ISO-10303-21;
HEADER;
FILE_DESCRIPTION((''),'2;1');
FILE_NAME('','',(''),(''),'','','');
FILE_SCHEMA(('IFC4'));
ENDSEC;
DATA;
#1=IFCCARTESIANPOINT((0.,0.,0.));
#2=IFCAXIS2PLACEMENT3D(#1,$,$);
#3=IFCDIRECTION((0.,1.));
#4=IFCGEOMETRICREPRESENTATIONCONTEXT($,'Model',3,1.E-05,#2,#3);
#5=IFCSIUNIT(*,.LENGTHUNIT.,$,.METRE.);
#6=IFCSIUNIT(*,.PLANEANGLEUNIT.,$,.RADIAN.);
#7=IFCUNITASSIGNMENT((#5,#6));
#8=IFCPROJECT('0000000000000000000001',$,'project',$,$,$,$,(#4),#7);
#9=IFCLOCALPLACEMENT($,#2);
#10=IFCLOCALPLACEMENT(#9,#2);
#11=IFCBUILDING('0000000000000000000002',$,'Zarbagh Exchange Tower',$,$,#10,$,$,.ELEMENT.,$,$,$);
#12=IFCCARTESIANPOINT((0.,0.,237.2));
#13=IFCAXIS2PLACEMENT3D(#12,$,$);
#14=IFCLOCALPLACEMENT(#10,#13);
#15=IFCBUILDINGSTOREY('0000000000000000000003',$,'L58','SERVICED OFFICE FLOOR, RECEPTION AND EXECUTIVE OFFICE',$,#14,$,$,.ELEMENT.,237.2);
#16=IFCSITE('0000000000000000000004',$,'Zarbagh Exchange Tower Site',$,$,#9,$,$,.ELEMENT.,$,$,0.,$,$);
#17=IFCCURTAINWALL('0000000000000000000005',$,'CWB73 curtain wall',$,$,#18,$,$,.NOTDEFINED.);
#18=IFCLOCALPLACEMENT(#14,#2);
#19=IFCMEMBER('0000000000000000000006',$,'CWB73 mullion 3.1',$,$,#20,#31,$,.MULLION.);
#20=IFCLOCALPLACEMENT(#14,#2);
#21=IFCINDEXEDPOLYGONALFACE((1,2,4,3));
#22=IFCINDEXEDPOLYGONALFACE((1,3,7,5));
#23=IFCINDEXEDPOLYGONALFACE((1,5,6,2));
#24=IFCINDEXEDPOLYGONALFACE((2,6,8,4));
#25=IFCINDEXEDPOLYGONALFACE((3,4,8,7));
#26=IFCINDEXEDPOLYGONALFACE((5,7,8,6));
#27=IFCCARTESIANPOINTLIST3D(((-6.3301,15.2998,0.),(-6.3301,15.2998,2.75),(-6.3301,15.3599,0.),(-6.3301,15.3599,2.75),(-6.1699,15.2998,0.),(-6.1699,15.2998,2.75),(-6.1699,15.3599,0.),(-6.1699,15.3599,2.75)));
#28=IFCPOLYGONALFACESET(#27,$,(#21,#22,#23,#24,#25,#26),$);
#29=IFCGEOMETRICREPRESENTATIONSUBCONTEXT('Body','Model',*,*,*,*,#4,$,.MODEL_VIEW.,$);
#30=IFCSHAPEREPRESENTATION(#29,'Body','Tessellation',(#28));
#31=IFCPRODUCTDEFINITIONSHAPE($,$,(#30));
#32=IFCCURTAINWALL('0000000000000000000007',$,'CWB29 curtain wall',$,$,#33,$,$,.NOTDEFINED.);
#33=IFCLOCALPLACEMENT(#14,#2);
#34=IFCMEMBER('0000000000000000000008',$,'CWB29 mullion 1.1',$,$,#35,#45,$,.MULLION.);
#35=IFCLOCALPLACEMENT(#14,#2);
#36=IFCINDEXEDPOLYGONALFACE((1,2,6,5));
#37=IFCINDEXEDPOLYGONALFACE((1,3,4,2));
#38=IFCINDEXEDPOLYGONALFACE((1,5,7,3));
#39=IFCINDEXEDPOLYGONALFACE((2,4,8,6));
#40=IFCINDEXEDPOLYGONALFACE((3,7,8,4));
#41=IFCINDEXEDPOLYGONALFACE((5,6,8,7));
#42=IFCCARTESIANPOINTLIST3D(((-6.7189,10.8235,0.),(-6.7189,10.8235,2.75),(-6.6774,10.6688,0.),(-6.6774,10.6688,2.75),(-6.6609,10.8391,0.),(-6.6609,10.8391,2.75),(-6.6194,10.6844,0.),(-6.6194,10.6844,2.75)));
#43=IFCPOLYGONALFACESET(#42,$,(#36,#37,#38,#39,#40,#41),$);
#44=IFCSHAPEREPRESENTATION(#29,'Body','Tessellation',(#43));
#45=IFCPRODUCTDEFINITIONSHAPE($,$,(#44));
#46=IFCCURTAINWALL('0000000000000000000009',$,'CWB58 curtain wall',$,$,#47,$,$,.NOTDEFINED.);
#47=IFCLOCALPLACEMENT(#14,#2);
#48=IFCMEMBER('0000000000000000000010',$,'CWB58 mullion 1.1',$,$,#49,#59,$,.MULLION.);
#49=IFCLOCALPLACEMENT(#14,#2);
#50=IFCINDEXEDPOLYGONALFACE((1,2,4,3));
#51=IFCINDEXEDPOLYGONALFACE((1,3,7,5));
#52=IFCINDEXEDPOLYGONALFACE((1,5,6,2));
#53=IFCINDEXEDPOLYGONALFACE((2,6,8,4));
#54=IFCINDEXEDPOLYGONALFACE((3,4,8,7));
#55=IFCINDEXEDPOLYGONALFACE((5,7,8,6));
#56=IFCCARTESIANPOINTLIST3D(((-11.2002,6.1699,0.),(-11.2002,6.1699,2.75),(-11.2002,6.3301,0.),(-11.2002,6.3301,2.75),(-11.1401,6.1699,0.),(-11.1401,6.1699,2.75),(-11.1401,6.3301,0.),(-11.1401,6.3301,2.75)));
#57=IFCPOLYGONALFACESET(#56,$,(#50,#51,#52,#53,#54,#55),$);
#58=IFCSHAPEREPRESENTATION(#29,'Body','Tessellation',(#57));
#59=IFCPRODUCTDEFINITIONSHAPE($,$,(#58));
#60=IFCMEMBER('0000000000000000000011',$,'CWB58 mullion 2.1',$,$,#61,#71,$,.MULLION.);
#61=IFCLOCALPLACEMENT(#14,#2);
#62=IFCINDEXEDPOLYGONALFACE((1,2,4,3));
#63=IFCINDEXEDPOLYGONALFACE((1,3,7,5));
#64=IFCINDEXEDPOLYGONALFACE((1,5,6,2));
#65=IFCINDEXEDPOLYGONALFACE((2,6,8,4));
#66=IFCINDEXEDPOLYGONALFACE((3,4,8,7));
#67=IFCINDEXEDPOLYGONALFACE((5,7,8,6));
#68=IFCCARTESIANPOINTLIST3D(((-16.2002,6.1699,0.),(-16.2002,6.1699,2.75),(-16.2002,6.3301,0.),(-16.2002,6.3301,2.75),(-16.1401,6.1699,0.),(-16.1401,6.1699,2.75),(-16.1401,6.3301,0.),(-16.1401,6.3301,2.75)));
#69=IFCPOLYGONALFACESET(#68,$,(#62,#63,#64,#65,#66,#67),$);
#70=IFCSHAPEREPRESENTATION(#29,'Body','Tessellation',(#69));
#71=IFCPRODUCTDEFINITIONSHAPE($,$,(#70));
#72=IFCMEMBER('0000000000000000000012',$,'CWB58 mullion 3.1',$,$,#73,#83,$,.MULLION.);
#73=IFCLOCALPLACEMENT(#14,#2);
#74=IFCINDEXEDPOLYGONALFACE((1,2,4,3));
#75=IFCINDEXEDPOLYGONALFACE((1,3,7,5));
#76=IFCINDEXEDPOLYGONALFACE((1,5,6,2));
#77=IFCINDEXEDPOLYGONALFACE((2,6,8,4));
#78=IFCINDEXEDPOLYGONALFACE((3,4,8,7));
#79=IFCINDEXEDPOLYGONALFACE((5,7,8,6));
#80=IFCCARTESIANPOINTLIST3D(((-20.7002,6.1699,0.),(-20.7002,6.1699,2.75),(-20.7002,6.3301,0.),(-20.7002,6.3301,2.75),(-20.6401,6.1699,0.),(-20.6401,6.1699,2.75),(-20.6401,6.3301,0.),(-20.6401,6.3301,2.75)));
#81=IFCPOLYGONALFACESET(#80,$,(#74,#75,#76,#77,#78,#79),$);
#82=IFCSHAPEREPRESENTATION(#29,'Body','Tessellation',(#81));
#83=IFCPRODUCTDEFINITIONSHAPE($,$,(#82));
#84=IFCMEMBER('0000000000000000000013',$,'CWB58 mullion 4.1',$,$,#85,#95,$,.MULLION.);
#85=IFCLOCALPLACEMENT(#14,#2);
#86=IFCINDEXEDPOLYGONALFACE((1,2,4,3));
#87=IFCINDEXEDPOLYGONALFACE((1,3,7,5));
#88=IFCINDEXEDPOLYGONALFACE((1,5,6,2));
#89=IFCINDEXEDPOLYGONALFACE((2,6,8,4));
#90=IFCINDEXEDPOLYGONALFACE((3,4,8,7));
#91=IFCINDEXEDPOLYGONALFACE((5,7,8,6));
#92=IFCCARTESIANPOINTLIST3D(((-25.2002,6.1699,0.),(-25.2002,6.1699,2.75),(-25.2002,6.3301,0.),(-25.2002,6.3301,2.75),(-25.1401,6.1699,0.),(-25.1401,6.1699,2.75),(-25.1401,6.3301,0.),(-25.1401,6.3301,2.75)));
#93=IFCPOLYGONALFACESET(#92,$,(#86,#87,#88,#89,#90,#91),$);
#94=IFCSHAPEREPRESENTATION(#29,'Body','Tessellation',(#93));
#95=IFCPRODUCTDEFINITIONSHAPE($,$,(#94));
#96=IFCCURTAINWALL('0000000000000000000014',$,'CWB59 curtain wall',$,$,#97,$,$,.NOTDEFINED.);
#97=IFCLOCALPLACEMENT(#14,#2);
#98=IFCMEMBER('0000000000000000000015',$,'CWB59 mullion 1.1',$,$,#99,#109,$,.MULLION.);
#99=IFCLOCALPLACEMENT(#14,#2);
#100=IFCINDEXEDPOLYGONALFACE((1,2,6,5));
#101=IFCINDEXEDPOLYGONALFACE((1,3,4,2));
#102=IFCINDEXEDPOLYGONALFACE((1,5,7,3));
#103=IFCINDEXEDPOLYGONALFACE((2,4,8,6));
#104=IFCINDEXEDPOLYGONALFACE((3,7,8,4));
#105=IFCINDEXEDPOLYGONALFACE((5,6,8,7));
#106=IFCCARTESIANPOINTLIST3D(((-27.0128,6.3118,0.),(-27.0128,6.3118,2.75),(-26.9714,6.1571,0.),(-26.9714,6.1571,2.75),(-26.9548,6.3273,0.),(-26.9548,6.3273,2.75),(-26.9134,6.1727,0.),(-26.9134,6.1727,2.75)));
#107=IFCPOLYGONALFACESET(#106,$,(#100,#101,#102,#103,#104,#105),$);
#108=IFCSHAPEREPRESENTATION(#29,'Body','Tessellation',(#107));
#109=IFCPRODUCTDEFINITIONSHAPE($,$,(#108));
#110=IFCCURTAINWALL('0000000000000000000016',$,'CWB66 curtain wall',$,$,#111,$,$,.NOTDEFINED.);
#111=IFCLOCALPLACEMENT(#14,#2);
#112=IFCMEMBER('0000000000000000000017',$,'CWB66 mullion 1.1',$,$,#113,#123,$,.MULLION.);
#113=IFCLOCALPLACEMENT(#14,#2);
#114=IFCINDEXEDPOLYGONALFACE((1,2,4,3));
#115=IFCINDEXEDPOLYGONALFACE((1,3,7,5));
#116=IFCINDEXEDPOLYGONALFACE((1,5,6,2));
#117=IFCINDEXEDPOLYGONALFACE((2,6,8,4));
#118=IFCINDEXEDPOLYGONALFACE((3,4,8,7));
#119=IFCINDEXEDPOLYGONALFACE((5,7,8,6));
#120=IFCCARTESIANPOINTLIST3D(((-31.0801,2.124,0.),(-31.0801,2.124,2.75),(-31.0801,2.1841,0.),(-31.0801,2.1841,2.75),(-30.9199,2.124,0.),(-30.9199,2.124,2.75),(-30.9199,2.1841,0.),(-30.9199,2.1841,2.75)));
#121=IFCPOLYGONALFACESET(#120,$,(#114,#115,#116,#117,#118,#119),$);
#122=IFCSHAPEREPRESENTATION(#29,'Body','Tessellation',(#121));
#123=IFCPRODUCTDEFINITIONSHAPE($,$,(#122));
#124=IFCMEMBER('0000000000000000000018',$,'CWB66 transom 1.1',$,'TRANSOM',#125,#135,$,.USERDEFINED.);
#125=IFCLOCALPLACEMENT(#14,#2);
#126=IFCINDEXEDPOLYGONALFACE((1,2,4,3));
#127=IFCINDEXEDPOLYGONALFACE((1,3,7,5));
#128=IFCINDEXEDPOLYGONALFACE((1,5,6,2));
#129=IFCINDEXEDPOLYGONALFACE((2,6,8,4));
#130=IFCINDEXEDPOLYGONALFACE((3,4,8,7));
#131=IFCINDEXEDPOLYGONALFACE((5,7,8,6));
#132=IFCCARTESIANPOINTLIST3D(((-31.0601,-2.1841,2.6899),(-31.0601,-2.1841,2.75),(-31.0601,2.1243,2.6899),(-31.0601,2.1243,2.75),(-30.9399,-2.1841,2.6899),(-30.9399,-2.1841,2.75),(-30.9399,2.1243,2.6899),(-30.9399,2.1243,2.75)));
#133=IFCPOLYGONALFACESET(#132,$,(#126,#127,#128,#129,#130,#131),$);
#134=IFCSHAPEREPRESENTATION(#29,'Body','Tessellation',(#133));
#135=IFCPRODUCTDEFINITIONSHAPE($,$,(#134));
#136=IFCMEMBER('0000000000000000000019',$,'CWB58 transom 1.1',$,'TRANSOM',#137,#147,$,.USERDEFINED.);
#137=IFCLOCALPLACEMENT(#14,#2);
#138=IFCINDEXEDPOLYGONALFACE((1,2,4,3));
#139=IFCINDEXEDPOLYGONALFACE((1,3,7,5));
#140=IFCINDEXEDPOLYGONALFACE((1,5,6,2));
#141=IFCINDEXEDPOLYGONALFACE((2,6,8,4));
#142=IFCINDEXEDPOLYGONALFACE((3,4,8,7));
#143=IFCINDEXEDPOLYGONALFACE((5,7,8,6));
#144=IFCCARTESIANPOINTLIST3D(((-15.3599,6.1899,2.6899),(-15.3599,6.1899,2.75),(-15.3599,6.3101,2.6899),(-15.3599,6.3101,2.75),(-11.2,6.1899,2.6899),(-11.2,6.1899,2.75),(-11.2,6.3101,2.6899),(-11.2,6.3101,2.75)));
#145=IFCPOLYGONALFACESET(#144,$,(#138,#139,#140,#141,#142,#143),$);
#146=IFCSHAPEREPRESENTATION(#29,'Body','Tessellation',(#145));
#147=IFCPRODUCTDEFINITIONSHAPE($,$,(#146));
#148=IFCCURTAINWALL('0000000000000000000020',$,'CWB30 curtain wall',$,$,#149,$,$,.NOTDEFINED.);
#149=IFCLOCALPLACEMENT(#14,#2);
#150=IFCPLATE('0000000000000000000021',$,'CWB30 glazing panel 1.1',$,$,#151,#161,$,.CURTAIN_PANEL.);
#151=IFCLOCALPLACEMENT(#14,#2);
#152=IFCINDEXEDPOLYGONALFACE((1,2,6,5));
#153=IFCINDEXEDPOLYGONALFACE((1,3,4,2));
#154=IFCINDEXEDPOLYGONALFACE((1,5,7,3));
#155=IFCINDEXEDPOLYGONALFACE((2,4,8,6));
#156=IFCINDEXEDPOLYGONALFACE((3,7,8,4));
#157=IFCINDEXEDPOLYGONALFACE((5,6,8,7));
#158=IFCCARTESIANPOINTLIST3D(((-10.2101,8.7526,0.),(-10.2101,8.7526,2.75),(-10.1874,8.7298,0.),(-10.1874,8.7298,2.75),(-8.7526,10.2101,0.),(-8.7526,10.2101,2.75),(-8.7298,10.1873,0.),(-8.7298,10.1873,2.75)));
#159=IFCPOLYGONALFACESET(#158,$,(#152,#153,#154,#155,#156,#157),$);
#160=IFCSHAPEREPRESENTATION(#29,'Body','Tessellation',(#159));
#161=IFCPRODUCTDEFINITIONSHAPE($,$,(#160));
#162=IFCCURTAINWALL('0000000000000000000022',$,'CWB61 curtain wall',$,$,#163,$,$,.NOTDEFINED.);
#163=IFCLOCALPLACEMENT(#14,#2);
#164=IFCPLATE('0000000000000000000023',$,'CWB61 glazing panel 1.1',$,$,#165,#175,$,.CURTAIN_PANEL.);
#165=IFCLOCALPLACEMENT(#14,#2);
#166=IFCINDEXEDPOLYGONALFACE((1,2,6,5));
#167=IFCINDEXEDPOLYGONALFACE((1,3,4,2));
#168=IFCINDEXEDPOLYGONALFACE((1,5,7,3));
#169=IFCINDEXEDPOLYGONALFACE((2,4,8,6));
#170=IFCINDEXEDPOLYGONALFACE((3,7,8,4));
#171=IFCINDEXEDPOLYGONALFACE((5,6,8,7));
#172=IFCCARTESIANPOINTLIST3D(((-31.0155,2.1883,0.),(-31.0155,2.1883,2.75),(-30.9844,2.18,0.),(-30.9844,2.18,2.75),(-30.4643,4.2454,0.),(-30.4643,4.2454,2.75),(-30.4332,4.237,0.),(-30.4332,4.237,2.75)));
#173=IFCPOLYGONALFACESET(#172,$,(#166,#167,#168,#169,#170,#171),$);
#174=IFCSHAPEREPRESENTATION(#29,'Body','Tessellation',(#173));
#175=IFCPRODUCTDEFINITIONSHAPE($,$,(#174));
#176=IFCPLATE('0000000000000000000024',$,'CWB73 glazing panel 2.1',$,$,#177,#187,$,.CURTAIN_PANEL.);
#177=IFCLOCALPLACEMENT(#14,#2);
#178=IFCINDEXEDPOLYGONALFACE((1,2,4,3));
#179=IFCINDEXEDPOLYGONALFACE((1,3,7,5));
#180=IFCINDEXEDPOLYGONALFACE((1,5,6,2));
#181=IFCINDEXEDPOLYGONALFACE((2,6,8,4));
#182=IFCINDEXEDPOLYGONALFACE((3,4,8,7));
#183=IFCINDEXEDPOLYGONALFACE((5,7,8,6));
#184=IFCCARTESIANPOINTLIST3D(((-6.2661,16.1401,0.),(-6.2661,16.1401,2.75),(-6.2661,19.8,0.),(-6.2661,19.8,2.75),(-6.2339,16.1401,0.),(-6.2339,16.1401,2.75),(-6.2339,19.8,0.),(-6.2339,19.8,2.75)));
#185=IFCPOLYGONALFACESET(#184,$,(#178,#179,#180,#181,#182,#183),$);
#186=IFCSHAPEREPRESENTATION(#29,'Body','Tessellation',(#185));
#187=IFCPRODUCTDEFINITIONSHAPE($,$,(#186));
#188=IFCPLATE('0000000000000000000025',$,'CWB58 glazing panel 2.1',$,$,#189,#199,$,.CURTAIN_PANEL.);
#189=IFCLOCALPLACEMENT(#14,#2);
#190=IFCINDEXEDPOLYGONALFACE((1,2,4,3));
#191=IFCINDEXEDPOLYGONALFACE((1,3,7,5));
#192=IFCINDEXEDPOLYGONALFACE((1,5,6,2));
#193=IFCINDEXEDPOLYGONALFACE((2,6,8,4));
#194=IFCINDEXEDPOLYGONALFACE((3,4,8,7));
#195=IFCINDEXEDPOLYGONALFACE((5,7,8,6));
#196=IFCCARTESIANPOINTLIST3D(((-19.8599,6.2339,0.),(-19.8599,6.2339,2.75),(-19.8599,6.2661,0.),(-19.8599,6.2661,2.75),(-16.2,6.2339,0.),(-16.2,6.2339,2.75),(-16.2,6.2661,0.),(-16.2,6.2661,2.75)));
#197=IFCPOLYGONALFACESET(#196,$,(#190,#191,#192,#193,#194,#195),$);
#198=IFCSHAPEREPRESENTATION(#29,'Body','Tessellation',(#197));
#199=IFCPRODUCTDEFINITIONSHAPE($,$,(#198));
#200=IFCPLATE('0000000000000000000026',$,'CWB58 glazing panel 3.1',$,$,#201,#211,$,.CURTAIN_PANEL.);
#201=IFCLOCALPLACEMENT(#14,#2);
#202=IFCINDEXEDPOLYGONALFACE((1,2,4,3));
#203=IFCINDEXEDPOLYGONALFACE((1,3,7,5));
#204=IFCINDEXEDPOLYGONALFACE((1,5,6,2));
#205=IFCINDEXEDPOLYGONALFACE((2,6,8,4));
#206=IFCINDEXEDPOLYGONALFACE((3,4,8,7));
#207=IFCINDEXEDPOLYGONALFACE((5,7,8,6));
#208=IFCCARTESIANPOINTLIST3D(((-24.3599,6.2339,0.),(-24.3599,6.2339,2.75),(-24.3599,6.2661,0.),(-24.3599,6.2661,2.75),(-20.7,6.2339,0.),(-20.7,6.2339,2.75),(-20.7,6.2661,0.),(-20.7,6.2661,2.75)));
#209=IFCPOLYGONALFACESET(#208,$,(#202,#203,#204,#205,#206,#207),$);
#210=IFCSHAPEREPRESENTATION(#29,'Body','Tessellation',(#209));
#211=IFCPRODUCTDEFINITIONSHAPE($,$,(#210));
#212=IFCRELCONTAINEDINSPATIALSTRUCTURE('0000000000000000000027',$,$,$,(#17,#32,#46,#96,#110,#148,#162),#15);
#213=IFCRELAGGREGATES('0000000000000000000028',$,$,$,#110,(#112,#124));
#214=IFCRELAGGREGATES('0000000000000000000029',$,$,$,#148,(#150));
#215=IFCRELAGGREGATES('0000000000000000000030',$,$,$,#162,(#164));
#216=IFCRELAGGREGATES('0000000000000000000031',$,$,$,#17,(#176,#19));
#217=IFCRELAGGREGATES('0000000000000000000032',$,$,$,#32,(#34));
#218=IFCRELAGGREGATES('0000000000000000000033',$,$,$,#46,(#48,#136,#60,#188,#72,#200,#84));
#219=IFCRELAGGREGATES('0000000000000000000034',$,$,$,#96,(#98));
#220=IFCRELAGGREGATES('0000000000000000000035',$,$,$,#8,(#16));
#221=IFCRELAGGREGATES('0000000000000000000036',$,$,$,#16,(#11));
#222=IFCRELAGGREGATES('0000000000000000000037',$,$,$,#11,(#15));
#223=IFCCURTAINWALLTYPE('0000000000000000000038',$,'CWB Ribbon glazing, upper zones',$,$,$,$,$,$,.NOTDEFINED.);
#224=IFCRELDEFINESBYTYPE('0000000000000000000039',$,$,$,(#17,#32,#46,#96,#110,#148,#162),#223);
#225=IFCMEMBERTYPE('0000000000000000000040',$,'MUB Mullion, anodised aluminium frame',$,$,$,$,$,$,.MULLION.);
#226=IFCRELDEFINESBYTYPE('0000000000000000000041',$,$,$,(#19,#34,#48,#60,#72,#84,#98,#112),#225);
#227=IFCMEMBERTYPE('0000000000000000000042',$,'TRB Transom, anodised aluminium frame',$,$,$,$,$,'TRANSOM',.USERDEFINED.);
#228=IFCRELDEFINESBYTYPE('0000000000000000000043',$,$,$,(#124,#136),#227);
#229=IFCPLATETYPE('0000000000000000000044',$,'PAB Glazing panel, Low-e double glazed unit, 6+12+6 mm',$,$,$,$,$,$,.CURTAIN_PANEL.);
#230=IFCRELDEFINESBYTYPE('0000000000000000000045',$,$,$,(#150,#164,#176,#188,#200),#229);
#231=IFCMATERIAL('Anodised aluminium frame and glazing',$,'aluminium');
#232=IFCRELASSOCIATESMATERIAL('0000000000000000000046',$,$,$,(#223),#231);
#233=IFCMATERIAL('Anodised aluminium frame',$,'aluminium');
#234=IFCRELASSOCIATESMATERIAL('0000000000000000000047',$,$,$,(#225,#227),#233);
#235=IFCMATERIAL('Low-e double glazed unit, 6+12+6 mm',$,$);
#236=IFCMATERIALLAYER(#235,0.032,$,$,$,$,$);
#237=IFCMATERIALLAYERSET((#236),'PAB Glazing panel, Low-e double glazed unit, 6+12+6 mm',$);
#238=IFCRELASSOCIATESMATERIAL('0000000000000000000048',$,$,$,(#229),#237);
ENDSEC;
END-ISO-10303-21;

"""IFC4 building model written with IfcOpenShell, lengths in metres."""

from ifc_helpers import new_model, si_unit, direction, frame, origin, place, context, subcontext, project, spatial, polyline, outline, extrude, source, transform, mapped, material, layer, layer_set, type_object, element, aggregate, save


model = new_model("IFC4")

# Units and contexts
model_context = context("Model", 3, precision=1e-05, world=origin(), true_north=direction((0.0, 1.0)))
body_context = subcontext(model_context, "Body", "Model", "MODEL_VIEW")
ifc_project = project(units=[si_unit("LENGTHUNIT", "METRE"), si_unit("PLANEANGLEUNIT", "RADIAN")], contexts=[model_context])

# Site, building, storey
site_placement = place(None, origin())
site = spatial("IfcSite", under=ifc_project, at=site_placement, Name="Zarbagh Exchange Tower Site", CompositionType="ELEMENT", RefElevation=0.0)
building_placement = place(site_placement, origin())
building = spatial("IfcBuilding", under=site, at=building_placement, Name="Zarbagh Exchange Tower", CompositionType="ELEMENT")
storey_placement = place(building_placement, frame((0.0, 0.0, 237.2)))
storey = spatial("IfcBuildingStorey", under=building, at=storey_placement, Name="L58", Description="SERVICED OFFICE FLOOR, RECEPTION AND EXECUTIVE OFFICE", CompositionType="ELEMENT", Elevation=237.2)

# Curtain walls, members
ifc_material_1 = material(Name="Anodised aluminium frame and glazing", Category="aluminium")
curtain_wall_type = type_object("IfcCurtainWallType", Name="CWB Ribbon glazing, upper zones", PredefinedType="NOTDEFINED", material=ifc_material_1)
curtain_wall_1_placement = place(storey_placement, origin())
curtain_wall_1 = element("IfcCurtainWall", 1, at=curtain_wall_1_placement, inside=storey, type_object=curtain_wall_type, Name="CWB73 curtain wall", PredefinedType="NOTDEFINED")
ifc_material_2 = material(Name="Anodised aluminium frame", Category="aluminium")
member_type_1 = type_object("IfcMemberType", Name="MUB Mullion, anodised aluminium frame", PredefinedType="MULLION", material=ifc_material_2)
shared_shape_1 = source(origin(), body_context, "Body", "SweptSolid", [
    extrude(outline(polyline([(0.0, -0.0801), (0.0601, -0.0801), (0.0601, 0.0801), (0.0, 0.0801), (0.0, -0.0801)])), origin(), (0.0, 0.0, 1.0), 2.75),
])
placement = place(storey_placement, origin())
member_1 = element("IfcMember", 2, at=placement, type_object=member_type_1, Name="CWB73 mullion 3.1", PredefinedType="MULLION", context=body_context, shape_type="MappedRepresentation", body=[
    mapped(shared_shape_1, transform((-6.25, 15.3599, 0.0), x_axis=(0.0, -1.0, 0.0), y_axis=(1.0, 0.0, 0.0), z_axis=(0.0, 0.0, 1.0))),
])
curtain_wall_2_placement = place(storey_placement, origin())
curtain_wall_2 = element("IfcCurtainWall", 3, at=curtain_wall_2_placement, inside=storey, type_object=curtain_wall_type, Name="CWB29 curtain wall", PredefinedType="NOTDEFINED")
member_2 = element("IfcMember", 4, at=placement, type_object=member_type_1, Name="CWB29 mullion 1.1", PredefinedType="MULLION", context=body_context, shape_type="MappedRepresentation", body=[
    mapped(shared_shape_1, transform((-6.6401, 10.7617, 0.0), x_axis=(-0.965924, -0.258825, 0.0), y_axis=(0.258825, -0.965924, 0.0), z_axis=(0.0, 0.0, 1.0))),
])

# Curtain wall, members
curtain_wall_3_placement = place(storey_placement, origin())
curtain_wall_3 = element("IfcCurtainWall", 5, at=curtain_wall_3_placement, inside=storey, type_object=curtain_wall_type, Name="CWB58 curtain wall", PredefinedType="NOTDEFINED")
member_3 = element("IfcMember", 6, at=placement, type_object=member_type_1, Name="CWB58 mullion 1.1", PredefinedType="MULLION", context=body_context, shape_type="MappedRepresentation", body=[
    mapped(shared_shape_1, transform((-11.1401, 6.25, 0.0), x_axis=(-1.0, 0.0, 0.0), y_axis=(0.0, -1.0, 0.0), z_axis=(0.0, 0.0, 1.0))),
])
member_4 = element("IfcMember", 7, at=placement, type_object=member_type_1, Name="CWB58 mullion 2.1", PredefinedType="MULLION", context=body_context, shape_type="MappedRepresentation", body=[
    mapped(shared_shape_1, transform((-16.1401, 6.25, 0.0), x_axis=(-1.0, 0.0, 0.0), y_axis=(0.0, -1.0, 0.0), z_axis=(0.0, 0.0, 1.0))),
])
member_5 = element("IfcMember", 8, at=placement, type_object=member_type_1, Name="CWB58 mullion 3.1", PredefinedType="MULLION", context=body_context, shape_type="MappedRepresentation", body=[
    mapped(shared_shape_1, transform((-20.6401, 6.25, 0.0), x_axis=(-1.0, 0.0, 0.0), y_axis=(0.0, -1.0, 0.0), z_axis=(0.0, 0.0, 1.0))),
])
member_6 = element("IfcMember", 9, at=placement, type_object=member_type_1, Name="CWB58 mullion 4.1", PredefinedType="MULLION", context=body_context, shape_type="MappedRepresentation", body=[
    mapped(shared_shape_1, transform((-25.1401, 6.25, 0.0), x_axis=(-1.0, 0.0, 0.0), y_axis=(0.0, -1.0, 0.0), z_axis=(0.0, 0.0, 1.0))),
])

# Curtain wall, member
curtain_wall_4_placement = place(storey_placement, origin())
curtain_wall_4 = element("IfcCurtainWall", 10, at=curtain_wall_4_placement, inside=storey, type_object=curtain_wall_type, Name="CWB59 curtain wall", PredefinedType="NOTDEFINED")
member_7 = element("IfcMember", 11, at=placement, type_object=member_type_1, Name="CWB59 mullion 1.1", PredefinedType="MULLION", context=body_context, shape_type="MappedRepresentation", body=[
    mapped(shared_shape_1, transform((-26.9341, 6.25, 0.0), x_axis=(-0.965924, -0.258825, 0.0), y_axis=(0.258825, -0.965924, 0.0), z_axis=(0.0, 0.0, 1.0))),
])

# Curtain wall, members
curtain_wall_5_placement = place(storey_placement, origin())
curtain_wall_5 = element("IfcCurtainWall", 12, at=curtain_wall_5_placement, inside=storey, type_object=curtain_wall_type, Name="CWB66 curtain wall", PredefinedType="NOTDEFINED")
member_8 = element("IfcMember", 13, at=placement, type_object=member_type_1, Name="CWB66 mullion 1.1", PredefinedType="MULLION", context=body_context, shape_type="MappedRepresentation", body=[
    mapped(shared_shape_1, transform((-31.0, 2.1841, 0.0), x_axis=(0.0, -1.0, 0.0), y_axis=(1.0, 0.0, 0.0), z_axis=(0.0, 0.0, 1.0))),
])
member_type_2 = type_object("IfcMemberType", Name="TRB Transom, anodised aluminium frame", ElementType="TRANSOM", PredefinedType="USERDEFINED", material=ifc_material_2)
shared_shape_2 = source(origin(), body_context, "Body", "SweptSolid", [
    extrude(outline(polyline([(-0.0601, -0.0601), (0.0, -0.0601), (0.0, 0.0601), (-0.0601, 0.0601), (-0.0601, -0.0601)])), origin(), (0.0, 0.0, 1.0), 4.3083),
])
member_9 = element("IfcMember", 14, at=placement, type_object=member_type_2, Name="CWB66 transom 1.1", ObjectType="TRANSOM", PredefinedType="USERDEFINED", context=body_context, shape_type="MappedRepresentation", body=[
    mapped(shared_shape_2, transform((-31.0, 2.1243, 2.75), x_axis=(0.0, 0.0, 1.0), y_axis=(-1.0, 0.0, 0.0), z_axis=(0.0, -1.0, 0.0))),
])
aggregate(curtain_wall_5, [member_8, member_9])

# Member
shared_shape_3 = source(origin(), body_context, "Body", "SweptSolid", [
    extrude(outline(polyline([(-0.0601, -0.0601), (0.0, -0.0601), (0.0, 0.0601), (-0.0601, 0.0601), (-0.0601, -0.0601)])), origin(), (0.0, 0.0, 1.0), 4.1599),
])
member_10 = element("IfcMember", 15, at=placement, type_object=member_type_2, Name="CWB58 transom 1.1", ObjectType="TRANSOM", PredefinedType="USERDEFINED", context=body_context, shape_type="MappedRepresentation", body=[
    mapped(shared_shape_3, transform((-11.2, 6.25, 2.75), x_axis=(0.0, 0.0, 1.0), y_axis=(0.0, 1.0, 0.0), z_axis=(-1.0, 0.0, 0.0))),
])

# Curtain walls, plates
curtain_wall_6_placement = place(storey_placement, origin())
curtain_wall_6 = element("IfcCurtainWall", 16, at=curtain_wall_6_placement, inside=storey, type_object=curtain_wall_type, Name="CWB30 curtain wall", PredefinedType="NOTDEFINED")
ifc_material_3 = material(Name="Low-e double glazed unit, 6+12+6 mm")
ifc_layer = layer(ifc_material_3, 0.032)
ifc_layer_set = layer_set([ifc_layer], Name="PAB Glazing panel, Low-e double glazed unit, 6+12+6 mm")
plate_type = type_object("IfcPlateType", Name="PAB Glazing panel, Low-e double glazed unit, 6+12+6 mm", PredefinedType="CURTAIN_PANEL", material=ifc_layer_set)
shared_shape_4 = source(origin(), body_context, "Body", "SweptSolid", [
    extrude(outline(polyline([(0.0, -0.0161), (2.0613, -0.0161), (2.0613, 0.0161), (0.0, 0.0161), (0.0, -0.0161)])), origin(), (0.0, 0.0, 1.0), 2.75),
])
plate_1 = element("IfcPlate", 17, at=placement, type_object=plate_type, Name="CWB30 glazing panel 1.1", PredefinedType="CURTAIN_PANEL", context=body_context, shape_type="MappedRepresentation", body=[
    mapped(shared_shape_4, transform((-8.7412, 10.1987, 0.0), x_axis=(-0.707107, -0.707107, 0.0), y_axis=(0.707107, -0.707107, 0.0), z_axis=(0.0, 0.0, 1.0))),
])
aggregate(curtain_wall_6, [plate_1])
curtain_wall_7_placement = place(storey_placement, origin())
curtain_wall_7 = element("IfcCurtainWall", 18, at=curtain_wall_7_placement, inside=storey, type_object=curtain_wall_type, Name="CWB61 curtain wall", PredefinedType="NOTDEFINED")
shared_shape_5 = source(origin(), body_context, "Body", "SweptSolid", [
    extrude(outline(polyline([(0.0, -0.0161), (2.1296, -0.0161), (2.1296, 0.0161), (0.0, 0.0161), (0.0, -0.0161)])), origin(), (0.0, 0.0, 1.0), 2.75),
])
plate_2 = element("IfcPlate", 19, at=placement, type_object=plate_type, Name="CWB61 glazing panel 1.1", PredefinedType="CURTAIN_PANEL", context=body_context, shape_type="MappedRepresentation", body=[
    mapped(shared_shape_5, transform((-30.4487, 4.2412, 0.0), x_axis=(-0.258825, -0.965924, 0.0), y_axis=(0.965924, -0.258825, 0.0), z_axis=(0.0, 0.0, 1.0))),
])
aggregate(curtain_wall_7, [plate_2])

# Plates
shared_shape_6 = source(origin(), body_context, "Body", "SweptSolid", [
    extrude(outline(polyline([(0.0, -0.0161), (3.6599, -0.0161), (3.6599, 0.0161), (0.0, 0.0161), (0.0, -0.0161)])), origin(), (0.0, 0.0, 1.0), 2.75),
])
plate_3 = element("IfcPlate", 20, at=placement, type_object=plate_type, Name="CWB73 glazing panel 2.1", PredefinedType="CURTAIN_PANEL", context=body_context, shape_type="MappedRepresentation", body=[
    mapped(shared_shape_6, transform((-6.25, 19.8, 0.0), x_axis=(0.0, -1.0, 0.0), y_axis=(1.0, 0.0, 0.0), z_axis=(0.0, 0.0, 1.0))),
])
plate_4 = element("IfcPlate", 21, at=placement, type_object=plate_type, Name="CWB58 glazing panel 2.1", PredefinedType="CURTAIN_PANEL", context=body_context, shape_type="MappedRepresentation", body=[
    mapped(shared_shape_6, transform((-16.2, 6.25, 0.0), x_axis=(-1.0, 0.0, 0.0), y_axis=(0.0, -1.0, 0.0), z_axis=(0.0, 0.0, 1.0))),
])
plate_5 = element("IfcPlate", 22, at=placement, type_object=plate_type, Name="CWB58 glazing panel 3.1", PredefinedType="CURTAIN_PANEL", context=body_context, shape_type="MappedRepresentation", body=[
    mapped(shared_shape_6, transform((-20.7, 6.25, 0.0), x_axis=(-1.0, 0.0, 0.0), y_axis=(0.0, -1.0, 0.0), z_axis=(0.0, 0.0, 1.0))),
])
aggregate(curtain_wall_1, [plate_3, member_1])
aggregate(curtain_wall_2, [member_2])

aggregate(curtain_wall_3, [member_3, member_10, member_4, plate_4, member_5, plate_5, member_6])
aggregate(curtain_wall_4, [member_7])

save(model, "model.ifc")
